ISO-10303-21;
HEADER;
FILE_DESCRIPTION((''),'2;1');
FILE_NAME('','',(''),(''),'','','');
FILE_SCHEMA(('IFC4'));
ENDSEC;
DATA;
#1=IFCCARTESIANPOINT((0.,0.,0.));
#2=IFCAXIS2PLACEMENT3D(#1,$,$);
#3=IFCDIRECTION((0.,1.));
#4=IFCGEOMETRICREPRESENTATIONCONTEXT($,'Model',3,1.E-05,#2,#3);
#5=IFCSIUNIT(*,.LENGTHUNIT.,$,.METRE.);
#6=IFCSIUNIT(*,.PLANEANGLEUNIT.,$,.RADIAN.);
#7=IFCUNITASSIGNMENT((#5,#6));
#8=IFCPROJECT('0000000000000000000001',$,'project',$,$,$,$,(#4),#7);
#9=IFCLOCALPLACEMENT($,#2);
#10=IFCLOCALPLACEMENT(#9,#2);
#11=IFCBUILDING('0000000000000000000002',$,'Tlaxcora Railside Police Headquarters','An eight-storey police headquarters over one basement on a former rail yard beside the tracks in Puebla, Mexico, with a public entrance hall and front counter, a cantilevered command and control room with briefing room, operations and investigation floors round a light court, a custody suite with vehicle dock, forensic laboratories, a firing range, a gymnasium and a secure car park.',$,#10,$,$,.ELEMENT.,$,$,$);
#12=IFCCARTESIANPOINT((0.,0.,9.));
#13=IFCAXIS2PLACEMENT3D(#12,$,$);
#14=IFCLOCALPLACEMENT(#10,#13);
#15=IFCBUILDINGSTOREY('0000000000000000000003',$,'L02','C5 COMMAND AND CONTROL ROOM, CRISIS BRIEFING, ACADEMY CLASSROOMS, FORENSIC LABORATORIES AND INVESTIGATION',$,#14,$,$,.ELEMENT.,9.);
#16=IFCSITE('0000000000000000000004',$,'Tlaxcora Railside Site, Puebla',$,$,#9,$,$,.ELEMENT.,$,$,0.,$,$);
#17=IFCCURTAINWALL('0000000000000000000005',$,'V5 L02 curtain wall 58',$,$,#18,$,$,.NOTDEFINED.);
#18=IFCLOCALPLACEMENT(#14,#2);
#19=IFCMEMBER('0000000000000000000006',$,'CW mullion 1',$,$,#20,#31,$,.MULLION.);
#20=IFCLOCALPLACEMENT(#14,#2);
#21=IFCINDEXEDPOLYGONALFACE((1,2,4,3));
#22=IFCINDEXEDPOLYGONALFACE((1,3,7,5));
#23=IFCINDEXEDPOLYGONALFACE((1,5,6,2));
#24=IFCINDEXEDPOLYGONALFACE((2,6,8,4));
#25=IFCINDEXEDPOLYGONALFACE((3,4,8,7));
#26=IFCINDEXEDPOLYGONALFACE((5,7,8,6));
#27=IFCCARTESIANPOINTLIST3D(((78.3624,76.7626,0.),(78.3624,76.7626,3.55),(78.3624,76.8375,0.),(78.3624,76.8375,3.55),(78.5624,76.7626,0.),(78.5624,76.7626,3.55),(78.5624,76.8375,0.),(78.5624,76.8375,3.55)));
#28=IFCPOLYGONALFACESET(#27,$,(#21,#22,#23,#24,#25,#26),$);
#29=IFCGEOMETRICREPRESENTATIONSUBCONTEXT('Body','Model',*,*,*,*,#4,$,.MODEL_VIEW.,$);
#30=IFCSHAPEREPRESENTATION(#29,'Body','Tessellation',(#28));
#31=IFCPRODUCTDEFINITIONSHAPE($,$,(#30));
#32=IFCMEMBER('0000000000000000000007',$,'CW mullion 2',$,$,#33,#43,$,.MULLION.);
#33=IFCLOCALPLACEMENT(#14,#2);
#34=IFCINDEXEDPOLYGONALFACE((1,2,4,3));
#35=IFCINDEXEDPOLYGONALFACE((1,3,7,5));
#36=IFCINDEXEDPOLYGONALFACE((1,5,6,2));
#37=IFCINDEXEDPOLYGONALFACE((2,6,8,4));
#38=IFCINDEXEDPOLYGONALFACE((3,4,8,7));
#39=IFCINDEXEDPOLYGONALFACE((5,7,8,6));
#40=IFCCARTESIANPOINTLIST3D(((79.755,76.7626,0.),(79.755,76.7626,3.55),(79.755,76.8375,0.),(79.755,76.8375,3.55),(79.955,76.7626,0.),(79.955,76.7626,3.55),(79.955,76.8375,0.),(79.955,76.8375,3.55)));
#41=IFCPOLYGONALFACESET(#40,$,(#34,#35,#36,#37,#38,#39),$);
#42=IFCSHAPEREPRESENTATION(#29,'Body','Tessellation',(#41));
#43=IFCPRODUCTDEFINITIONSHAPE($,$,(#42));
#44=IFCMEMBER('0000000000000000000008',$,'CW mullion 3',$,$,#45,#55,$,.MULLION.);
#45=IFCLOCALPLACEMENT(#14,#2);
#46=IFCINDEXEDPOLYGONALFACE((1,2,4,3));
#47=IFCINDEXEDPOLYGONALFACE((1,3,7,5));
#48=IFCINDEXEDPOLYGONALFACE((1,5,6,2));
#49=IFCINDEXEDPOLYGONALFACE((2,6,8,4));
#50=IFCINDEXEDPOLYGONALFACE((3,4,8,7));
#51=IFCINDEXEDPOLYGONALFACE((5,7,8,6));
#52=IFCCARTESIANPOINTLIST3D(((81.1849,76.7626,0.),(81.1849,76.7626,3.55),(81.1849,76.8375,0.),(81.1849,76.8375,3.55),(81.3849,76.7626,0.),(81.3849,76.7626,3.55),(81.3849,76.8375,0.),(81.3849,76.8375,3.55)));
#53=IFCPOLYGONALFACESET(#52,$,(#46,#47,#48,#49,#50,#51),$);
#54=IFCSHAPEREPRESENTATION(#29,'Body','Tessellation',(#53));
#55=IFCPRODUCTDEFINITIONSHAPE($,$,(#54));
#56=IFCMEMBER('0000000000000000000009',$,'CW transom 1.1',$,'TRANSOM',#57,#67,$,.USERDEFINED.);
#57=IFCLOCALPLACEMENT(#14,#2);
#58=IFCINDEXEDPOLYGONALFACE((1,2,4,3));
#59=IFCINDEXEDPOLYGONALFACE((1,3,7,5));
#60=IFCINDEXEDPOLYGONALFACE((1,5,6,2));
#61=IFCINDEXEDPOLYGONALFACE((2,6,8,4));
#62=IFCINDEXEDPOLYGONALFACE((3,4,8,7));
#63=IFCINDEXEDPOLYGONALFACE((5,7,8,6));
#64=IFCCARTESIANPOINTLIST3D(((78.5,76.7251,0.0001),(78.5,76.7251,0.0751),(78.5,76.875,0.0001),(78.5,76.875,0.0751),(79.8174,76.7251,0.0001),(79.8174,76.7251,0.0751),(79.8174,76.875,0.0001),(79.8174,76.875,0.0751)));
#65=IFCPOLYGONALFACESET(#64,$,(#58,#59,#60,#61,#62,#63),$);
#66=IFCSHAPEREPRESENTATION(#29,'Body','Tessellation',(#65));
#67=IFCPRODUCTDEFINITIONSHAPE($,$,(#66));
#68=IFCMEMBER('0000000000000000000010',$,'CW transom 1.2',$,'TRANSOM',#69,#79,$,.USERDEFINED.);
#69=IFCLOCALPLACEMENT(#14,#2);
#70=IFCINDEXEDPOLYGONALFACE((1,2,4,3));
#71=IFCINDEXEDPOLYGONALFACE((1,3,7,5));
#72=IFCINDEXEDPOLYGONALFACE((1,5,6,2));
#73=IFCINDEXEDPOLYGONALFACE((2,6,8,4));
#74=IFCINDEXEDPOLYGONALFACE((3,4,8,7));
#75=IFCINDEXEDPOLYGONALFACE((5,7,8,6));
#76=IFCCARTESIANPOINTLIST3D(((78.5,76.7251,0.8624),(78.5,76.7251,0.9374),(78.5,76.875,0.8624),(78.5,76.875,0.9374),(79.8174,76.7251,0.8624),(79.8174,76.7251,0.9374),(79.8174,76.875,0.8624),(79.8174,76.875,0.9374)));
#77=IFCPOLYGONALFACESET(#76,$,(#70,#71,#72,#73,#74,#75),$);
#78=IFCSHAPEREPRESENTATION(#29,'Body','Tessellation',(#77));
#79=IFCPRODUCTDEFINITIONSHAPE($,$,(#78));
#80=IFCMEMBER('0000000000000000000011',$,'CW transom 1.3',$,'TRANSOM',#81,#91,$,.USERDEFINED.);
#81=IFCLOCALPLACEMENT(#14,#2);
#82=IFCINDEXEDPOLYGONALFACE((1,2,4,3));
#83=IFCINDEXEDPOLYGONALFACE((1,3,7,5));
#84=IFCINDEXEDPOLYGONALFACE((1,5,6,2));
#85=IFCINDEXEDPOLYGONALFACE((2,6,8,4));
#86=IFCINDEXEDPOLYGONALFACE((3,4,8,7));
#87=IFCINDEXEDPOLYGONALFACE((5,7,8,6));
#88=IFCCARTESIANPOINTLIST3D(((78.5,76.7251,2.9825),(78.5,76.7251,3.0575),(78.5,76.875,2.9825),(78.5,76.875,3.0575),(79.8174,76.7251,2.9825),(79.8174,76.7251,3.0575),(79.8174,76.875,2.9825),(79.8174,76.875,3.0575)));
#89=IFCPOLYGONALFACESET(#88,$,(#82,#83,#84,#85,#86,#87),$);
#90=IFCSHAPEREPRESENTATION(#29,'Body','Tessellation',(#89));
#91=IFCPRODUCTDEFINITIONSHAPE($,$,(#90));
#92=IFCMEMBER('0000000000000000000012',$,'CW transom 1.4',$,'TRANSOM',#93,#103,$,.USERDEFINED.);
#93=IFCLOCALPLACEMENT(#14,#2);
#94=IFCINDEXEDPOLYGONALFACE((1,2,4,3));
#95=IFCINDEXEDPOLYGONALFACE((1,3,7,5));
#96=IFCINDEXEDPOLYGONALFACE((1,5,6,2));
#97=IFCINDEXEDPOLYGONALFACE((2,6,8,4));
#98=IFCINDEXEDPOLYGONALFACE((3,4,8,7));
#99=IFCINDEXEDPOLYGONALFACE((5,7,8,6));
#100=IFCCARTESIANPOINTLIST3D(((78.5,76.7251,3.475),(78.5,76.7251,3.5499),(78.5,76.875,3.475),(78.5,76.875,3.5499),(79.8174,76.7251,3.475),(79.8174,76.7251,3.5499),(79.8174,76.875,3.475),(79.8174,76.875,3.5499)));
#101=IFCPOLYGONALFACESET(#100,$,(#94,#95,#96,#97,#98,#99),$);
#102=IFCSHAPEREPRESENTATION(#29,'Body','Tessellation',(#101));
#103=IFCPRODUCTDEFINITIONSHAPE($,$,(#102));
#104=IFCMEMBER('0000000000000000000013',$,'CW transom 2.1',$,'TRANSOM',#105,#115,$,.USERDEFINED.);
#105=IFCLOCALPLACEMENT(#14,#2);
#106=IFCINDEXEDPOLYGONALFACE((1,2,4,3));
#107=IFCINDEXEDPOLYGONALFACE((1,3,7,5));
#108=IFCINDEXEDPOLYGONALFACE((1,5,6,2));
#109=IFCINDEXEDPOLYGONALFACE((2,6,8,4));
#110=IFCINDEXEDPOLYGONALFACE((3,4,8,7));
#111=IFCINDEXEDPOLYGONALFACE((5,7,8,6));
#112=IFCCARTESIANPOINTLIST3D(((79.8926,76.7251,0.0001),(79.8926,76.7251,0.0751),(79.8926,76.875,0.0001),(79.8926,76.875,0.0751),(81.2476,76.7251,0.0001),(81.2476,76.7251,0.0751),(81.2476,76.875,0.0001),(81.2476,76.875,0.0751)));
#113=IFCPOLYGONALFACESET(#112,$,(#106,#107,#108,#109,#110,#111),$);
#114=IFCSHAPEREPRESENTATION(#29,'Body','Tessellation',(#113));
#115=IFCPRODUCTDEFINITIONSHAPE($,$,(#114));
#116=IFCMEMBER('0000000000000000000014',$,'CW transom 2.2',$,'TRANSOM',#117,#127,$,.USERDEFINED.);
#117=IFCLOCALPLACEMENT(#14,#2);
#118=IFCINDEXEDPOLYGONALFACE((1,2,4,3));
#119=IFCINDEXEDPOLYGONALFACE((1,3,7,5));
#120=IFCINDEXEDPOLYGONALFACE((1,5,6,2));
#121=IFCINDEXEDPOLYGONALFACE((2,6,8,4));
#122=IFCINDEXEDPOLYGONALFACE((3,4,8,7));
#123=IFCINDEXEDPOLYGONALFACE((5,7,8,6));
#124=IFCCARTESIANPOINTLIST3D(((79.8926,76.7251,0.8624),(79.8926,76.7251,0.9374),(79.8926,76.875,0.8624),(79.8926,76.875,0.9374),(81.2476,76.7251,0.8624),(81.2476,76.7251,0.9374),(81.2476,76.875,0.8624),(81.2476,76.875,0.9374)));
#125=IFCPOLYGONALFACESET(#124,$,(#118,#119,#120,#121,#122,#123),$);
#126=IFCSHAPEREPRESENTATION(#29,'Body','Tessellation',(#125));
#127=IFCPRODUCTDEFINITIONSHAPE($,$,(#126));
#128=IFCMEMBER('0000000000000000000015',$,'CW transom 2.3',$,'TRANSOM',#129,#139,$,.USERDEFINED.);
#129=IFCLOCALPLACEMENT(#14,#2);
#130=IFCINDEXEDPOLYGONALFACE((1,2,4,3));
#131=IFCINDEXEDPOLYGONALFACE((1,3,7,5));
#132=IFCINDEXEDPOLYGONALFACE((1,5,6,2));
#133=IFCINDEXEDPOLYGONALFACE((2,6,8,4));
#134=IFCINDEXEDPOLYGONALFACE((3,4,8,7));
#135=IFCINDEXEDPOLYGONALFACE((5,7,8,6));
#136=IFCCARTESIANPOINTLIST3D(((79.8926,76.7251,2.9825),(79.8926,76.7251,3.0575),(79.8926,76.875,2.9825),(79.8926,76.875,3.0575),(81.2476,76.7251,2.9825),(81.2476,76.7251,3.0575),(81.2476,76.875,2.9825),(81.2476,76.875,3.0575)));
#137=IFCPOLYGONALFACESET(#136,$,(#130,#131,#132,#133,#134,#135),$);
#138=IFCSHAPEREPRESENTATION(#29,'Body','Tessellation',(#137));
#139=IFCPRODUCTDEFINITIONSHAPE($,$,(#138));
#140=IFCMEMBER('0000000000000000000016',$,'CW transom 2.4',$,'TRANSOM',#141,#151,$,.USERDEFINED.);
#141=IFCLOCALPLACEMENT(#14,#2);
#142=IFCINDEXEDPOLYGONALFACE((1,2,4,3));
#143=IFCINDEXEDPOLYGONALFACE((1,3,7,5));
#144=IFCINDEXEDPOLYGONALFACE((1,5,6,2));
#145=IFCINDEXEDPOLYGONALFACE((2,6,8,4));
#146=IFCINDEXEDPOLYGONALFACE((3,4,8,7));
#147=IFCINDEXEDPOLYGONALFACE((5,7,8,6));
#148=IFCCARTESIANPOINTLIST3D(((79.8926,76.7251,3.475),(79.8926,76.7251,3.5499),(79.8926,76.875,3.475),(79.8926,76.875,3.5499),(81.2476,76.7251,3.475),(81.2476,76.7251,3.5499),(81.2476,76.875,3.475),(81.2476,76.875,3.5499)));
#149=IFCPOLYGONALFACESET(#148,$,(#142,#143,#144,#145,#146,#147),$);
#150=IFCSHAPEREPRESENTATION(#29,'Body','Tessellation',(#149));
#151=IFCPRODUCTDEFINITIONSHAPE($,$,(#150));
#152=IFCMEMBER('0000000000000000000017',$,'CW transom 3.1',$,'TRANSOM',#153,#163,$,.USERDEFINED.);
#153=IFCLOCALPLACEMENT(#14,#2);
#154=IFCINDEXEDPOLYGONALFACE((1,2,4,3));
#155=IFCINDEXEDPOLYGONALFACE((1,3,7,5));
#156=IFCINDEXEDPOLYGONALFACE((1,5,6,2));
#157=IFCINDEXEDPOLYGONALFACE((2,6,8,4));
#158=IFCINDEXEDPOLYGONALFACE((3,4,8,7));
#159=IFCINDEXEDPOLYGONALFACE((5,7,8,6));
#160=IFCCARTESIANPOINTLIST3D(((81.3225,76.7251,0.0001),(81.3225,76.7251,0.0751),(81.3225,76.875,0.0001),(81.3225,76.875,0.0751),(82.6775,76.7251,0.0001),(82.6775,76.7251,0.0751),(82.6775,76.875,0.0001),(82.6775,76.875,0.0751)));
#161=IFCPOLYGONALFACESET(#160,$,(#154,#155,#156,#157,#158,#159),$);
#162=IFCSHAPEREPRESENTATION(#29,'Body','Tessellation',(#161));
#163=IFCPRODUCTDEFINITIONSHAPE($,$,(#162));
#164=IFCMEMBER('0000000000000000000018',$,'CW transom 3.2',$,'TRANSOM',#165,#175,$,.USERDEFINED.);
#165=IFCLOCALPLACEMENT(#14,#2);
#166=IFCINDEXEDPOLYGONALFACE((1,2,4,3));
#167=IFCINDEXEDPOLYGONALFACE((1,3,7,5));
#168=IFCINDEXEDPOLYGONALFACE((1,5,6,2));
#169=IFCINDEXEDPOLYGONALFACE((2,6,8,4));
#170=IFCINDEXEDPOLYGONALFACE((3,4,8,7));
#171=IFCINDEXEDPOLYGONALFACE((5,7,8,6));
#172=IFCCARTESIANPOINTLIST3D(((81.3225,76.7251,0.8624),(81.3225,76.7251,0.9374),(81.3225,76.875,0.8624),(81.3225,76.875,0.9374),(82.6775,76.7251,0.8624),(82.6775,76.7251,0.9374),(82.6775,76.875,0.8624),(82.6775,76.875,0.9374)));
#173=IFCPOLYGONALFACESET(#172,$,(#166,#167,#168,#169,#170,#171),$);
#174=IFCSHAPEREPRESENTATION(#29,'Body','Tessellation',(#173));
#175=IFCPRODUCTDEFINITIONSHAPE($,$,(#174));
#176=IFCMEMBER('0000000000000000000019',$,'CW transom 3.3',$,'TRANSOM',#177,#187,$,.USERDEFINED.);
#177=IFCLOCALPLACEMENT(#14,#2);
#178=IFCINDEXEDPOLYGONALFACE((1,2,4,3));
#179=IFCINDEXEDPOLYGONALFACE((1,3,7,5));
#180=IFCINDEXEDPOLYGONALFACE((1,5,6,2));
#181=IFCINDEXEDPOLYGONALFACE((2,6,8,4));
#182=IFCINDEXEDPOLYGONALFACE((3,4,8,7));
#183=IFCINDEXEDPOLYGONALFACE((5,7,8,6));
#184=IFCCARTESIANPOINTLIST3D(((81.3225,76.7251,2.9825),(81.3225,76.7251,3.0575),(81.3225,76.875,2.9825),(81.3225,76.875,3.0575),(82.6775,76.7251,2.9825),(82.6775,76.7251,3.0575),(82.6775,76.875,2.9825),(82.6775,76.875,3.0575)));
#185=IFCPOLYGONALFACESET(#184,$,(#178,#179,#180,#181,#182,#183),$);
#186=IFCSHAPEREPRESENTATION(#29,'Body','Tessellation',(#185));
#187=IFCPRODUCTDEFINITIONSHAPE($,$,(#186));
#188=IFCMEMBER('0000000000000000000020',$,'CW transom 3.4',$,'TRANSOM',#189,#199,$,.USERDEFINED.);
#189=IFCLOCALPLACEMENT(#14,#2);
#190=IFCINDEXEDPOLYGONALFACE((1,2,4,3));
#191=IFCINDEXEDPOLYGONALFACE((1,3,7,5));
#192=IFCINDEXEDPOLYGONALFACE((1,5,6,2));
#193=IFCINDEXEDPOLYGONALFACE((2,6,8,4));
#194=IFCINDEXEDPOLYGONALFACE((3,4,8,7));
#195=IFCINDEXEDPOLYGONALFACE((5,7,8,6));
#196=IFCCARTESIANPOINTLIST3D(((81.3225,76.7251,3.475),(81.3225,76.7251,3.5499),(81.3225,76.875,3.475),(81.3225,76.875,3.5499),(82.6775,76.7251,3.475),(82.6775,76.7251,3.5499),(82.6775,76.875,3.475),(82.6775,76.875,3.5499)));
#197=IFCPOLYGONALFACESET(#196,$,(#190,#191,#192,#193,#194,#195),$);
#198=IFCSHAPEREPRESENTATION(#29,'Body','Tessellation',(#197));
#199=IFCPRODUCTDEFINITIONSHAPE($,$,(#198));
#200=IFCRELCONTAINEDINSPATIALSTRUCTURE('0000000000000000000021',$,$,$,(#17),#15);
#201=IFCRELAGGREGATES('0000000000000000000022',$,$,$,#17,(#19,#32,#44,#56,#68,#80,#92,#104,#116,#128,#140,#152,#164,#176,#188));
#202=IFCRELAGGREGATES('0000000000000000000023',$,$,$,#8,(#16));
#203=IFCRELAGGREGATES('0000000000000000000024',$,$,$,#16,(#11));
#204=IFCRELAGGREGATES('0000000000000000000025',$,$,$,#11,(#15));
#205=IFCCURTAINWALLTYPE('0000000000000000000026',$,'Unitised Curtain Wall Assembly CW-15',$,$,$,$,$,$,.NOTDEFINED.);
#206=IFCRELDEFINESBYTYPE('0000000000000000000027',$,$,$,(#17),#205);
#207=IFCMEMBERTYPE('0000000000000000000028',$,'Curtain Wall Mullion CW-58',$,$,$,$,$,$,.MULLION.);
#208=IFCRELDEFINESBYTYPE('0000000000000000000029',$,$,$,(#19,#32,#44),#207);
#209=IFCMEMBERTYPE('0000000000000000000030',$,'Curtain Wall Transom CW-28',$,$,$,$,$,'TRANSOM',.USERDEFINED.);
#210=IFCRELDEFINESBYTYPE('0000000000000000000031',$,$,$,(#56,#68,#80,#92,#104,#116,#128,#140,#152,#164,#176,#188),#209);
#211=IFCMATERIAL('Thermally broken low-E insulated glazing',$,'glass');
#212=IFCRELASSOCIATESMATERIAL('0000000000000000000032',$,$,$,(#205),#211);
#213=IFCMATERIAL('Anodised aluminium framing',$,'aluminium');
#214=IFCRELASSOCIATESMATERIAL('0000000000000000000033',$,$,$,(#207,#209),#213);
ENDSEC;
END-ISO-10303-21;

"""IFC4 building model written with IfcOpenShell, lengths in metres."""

from ifc_helpers import new_model, si_unit, direction, frame, origin, origin_2d, place, context, subcontext, project, spatial, rectangle, extrude, material, material_profile, profile_set, type_object, element, aggregate, save


model = new_model("IFC4")

# Units and contexts
model_context = context("Model", 3, precision=1e-05, world=origin(), true_north=direction((0.0, 1.0)))
body_context = subcontext(model_context, "Body", "Model", "MODEL_VIEW")
ifc_project = project(units=[si_unit("LENGTHUNIT", "METRE"), si_unit("PLANEANGLEUNIT", "RADIAN")], contexts=[model_context])

# Site, building, storey
site_placement = place(None, origin())
site = spatial("IfcSite", under=ifc_project, at=site_placement, Name="Tlaxcora Railside Site, Puebla", CompositionType="ELEMENT", RefElevation=0.0)
building_placement = place(site_placement, origin())
building = spatial("IfcBuilding", under=site, at=building_placement, Name="Tlaxcora Railside Police Headquarters", Description="An eight-storey police headquarters over one basement on a former rail yard beside the tracks in Puebla, Mexico, with a public entrance hall and front counter, a cantilevered command and control room with briefing room, operations and investigation floors round a light court, a custody suite with vehicle dock, forensic laboratories, a firing range, a gymnasium and a secure car park.", CompositionType="ELEMENT")
storey_placement = place(building_placement, frame((0.0, 0.0, 9.0)))
storey = spatial("IfcBuildingStorey", under=building, at=storey_placement, Name="L02", Description="C5 COMMAND AND CONTROL ROOM, CRISIS BRIEFING, ACADEMY CLASSROOMS, FORENSIC LABORATORIES AND INVESTIGATION", CompositionType="ELEMENT", Elevation=9.0)

# Curtain wall, members
ifc_material_1 = material(Name="Thermally broken low-E insulated glazing", Category="glass")
curtain_wall_type = type_object("IfcCurtainWallType", Name="Unitised Curtain Wall Assembly CW-15", PredefinedType="NOTDEFINED", material=ifc_material_1)
curtain_wall_placement = place(storey_placement, origin())
curtain_wall = element("IfcCurtainWall", 1, at=curtain_wall_placement, inside=storey, type_object=curtain_wall_type, Name="V5 L02 curtain wall 58", PredefinedType="NOTDEFINED")
ifc_material_2 = material(Name="Anodised aluminium framing", Category="aluminium")
ifc_material_profile_1 = material_profile(ifc_material_2, rectangle(XDim=0.075, YDim=0.2, at=origin_2d()), Name="AL75X200")
ifc_profile_set_1 = profile_set([ifc_material_profile_1], Name="Anodised aluminium framing")
member_type_1 = type_object("IfcMemberType", Name="Curtain Wall Mullion CW-58", PredefinedType="MULLION", material=ifc_profile_set_1)
member_1_placement = place(storey_placement, frame((78.4624, 76.8, 0.0), z_axis=(0.0, 0.0, 1.0), x_axis=(0.0, 1.0, 0.0)))
member_1 = element("IfcMember", 2, at=member_1_placement, type_object=member_type_1, Name="CW mullion 1", PredefinedType="MULLION", context=body_context, shape_type="SweptSolid", body=[
    extrude(rectangle(XDim=0.075, YDim=0.2, at=origin_2d()), origin(), (0.0, 0.0, 1.0), 3.55),
])
member_2_placement = place(storey_placement, frame((79.855, 76.8, 0.0), z_axis=(0.0, 0.0, 1.0), x_axis=(0.0, 1.0, 0.0)))
member_2 = element("IfcMember", 3, at=member_2_placement, type_object=member_type_1, Name="CW mullion 2", PredefinedType="MULLION", context=body_context, shape_type="SweptSolid", body=[
    extrude(rectangle(XDim=0.075, YDim=0.2, at=origin_2d()), origin(), (0.0, 0.0, 1.0), 3.55),
])
member_3_placement = place(storey_placement, frame((81.2849, 76.8, 0.0), z_axis=(0.0, 0.0, 1.0), x_axis=(0.0, 1.0, 0.0)))
member_3 = element("IfcMember", 4, at=member_3_placement, type_object=member_type_1, Name="CW mullion 3", PredefinedType="MULLION", context=body_context, shape_type="SweptSolid", body=[
    extrude(rectangle(XDim=0.075, YDim=0.2, at=origin_2d()), origin(), (0.0, 0.0, 1.0), 3.55),
])
ifc_material_profile_2 = material_profile(ifc_material_2, rectangle(XDim=0.1499, YDim=0.075, at=origin_2d()), Name="AL75X150")
ifc_profile_set_2 = profile_set([ifc_material_profile_2], Name="Anodised aluminium framing")
member_type_2 = type_object("IfcMemberType", Name="Curtain Wall Transom CW-28", ElementType="TRANSOM", PredefinedType="USERDEFINED", material=ifc_profile_set_2)
member_4_placement = place(storey_placement, frame((78.5, 76.8, 0.0376), z_axis=(1.0, 0.0, 0.0), x_axis=(0.0, 1.0, 0.0)))
member_4 = element("IfcMember", 5, at=member_4_placement, type_object=member_type_2, Name="CW transom 1.1", ObjectType="TRANSOM", PredefinedType="USERDEFINED", context=body_context, shape_type="SweptSolid", body=[
    extrude(rectangle(XDim=0.1499, YDim=0.075, at=origin_2d()), origin(), (0.0, 0.0, 1.0), 1.3174),
])
member_5_placement = place(storey_placement, frame((78.5, 76.8, 0.8999), z_axis=(1.0, 0.0, 0.0), x_axis=(0.0, 1.0, 0.0)))
member_5 = element("IfcMember", 6, at=member_5_placement, type_object=member_type_2, Name="CW transom 1.2", ObjectType="TRANSOM", PredefinedType="USERDEFINED", context=body_context, shape_type="SweptSolid", body=[
    extrude(rectangle(XDim=0.1499, YDim=0.075, at=origin_2d()), origin(), (0.0, 0.0, 1.0), 1.3174),
])
member_6_placement = place(storey_placement, frame((78.5, 76.8, 3.02), z_axis=(1.0, 0.0, 0.0), x_axis=(0.0, 1.0, 0.0)))
member_6 = element("IfcMember", 7, at=member_6_placement, type_object=member_type_2, Name="CW transom 1.3", ObjectType="TRANSOM", PredefinedType="USERDEFINED", context=body_context, shape_type="SweptSolid", body=[
    extrude(rectangle(XDim=0.1499, YDim=0.075, at=origin_2d()), origin(), (0.0, 0.0, 1.0), 1.3174),
])
member_7_placement = place(storey_placement, frame((78.5, 76.8, 3.5125), z_axis=(1.0, 0.0, 0.0), x_axis=(0.0, 1.0, 0.0)))
member_7 = element("IfcMember", 8, at=member_7_placement, type_object=member_type_2, Name="CW transom 1.4", ObjectType="TRANSOM", PredefinedType="USERDEFINED", context=body_context, shape_type="SweptSolid", body=[
    extrude(rectangle(XDim=0.1499, YDim=0.075, at=origin_2d()), origin(), (0.0, 0.0, 1.0), 1.3174),
])
member_8_placement = place(storey_placement, frame((79.8926, 76.8, 0.0376), z_axis=(1.0, 0.0, 0.0), x_axis=(0.0, 1.0, 0.0)))
member_8 = element("IfcMember", 9, at=member_8_placement, type_object=member_type_2, Name="CW transom 2.1", ObjectType="TRANSOM", PredefinedType="USERDEFINED", context=body_context, shape_type="SweptSolid", body=[
    extrude(rectangle(XDim=0.1499, YDim=0.075, at=origin_2d()), origin(), (0.0, 0.0, 1.0), 1.355),
])
member_9_placement = place(storey_placement, frame((79.8926, 76.8, 0.8999), z_axis=(1.0, 0.0, 0.0), x_axis=(0.0, 1.0, 0.0)))
member_9 = element("IfcMember", 10, at=member_9_placement, type_object=member_type_2, Name="CW transom 2.2", ObjectType="TRANSOM", PredefinedType="USERDEFINED", context=body_context, shape_type="SweptSolid", body=[
    extrude(rectangle(XDim=0.1499, YDim=0.075, at=origin_2d()), origin(), (0.0, 0.0, 1.0), 1.355),
])
member_10_placement = place(storey_placement, frame((79.8926, 76.8, 3.02), z_axis=(1.0, 0.0, 0.0), x_axis=(0.0, 1.0, 0.0)))
member_10 = element("IfcMember", 11, at=member_10_placement, type_object=member_type_2, Name="CW transom 2.3", ObjectType="TRANSOM", PredefinedType="USERDEFINED", context=body_context, shape_type="SweptSolid", body=[
    extrude(rectangle(XDim=0.1499, YDim=0.075, at=origin_2d()), origin(), (0.0, 0.0, 1.0), 1.355),
])
member_11_placement = place(storey_placement, frame((79.8926, 76.8, 3.5125), z_axis=(1.0, 0.0, 0.0), x_axis=(0.0, 1.0, 0.0)))
member_11 = element("IfcMember", 12, at=member_11_placement, type_object=member_type_2, Name="CW transom 2.4", ObjectType="TRANSOM", PredefinedType="USERDEFINED", context=body_context, shape_type="SweptSolid", body=[
    extrude(rectangle(XDim=0.1499, YDim=0.075, at=origin_2d()), origin(), (0.0, 0.0, 1.0), 1.355),
])
member_12_placement = place(storey_placement, frame((81.3225, 76.8, 0.0376), z_axis=(1.0, 0.0, 0.0), x_axis=(0.0, 1.0, 0.0)))
member_12 = element("IfcMember", 13, at=member_12_placement, type_object=member_type_2, Name="CW transom 3.1", ObjectType="TRANSOM", PredefinedType="USERDEFINED", context=body_context, shape_type="SweptSolid", body=[
    extrude(rectangle(XDim=0.1499, YDim=0.075, at=origin_2d()), origin(), (0.0, 0.0, 1.0), 1.355),
])
member_13_placement = place(storey_placement, frame((81.3225, 76.8, 0.8999), z_axis=(1.0, 0.0, 0.0), x_axis=(0.0, 1.0, 0.0)))
member_13 = element("IfcMember", 14, at=member_13_placement, type_object=member_type_2, Name="CW transom 3.2", ObjectType="TRANSOM", PredefinedType="USERDEFINED", context=body_context, shape_type="SweptSolid", body=[
    extrude(rectangle(XDim=0.1499, YDim=0.075, at=origin_2d()), origin(), (0.0, 0.0, 1.0), 1.355),
])
member_14_placement = place(storey_placement, frame((81.3225, 76.8, 3.02), z_axis=(1.0, 0.0, 0.0), x_axis=(0.0, 1.0, 0.0)))
member_14 = element("IfcMember", 15, at=member_14_placement, type_object=member_type_2, Name="CW transom 3.3", ObjectType="TRANSOM", PredefinedType="USERDEFINED", context=body_context, shape_type="SweptSolid", body=[
    extrude(rectangle(XDim=0.1499, YDim=0.075, at=origin_2d()), origin(), (0.0, 0.0, 1.0), 1.355),
])
member_15_placement = place(storey_placement, frame((81.3225, 76.8, 3.5125), z_axis=(1.0, 0.0, 0.0), x_axis=(0.0, 1.0, 0.0)))
member_15 = element("IfcMember", 16, at=member_15_placement, type_object=member_type_2, Name="CW transom 3.4", ObjectType="TRANSOM", PredefinedType="USERDEFINED", context=body_context, shape_type="SweptSolid", body=[
    extrude(rectangle(XDim=0.1499, YDim=0.075, at=origin_2d()), origin(), (0.0, 0.0, 1.0), 1.355),
])

aggregate(curtain_wall, [member_1, member_2, member_3, member_4, member_5, member_6, member_7, member_8, member_9, member_10, member_11, member_12, member_13, member_14, member_15])

save(model, "model.ifc")
